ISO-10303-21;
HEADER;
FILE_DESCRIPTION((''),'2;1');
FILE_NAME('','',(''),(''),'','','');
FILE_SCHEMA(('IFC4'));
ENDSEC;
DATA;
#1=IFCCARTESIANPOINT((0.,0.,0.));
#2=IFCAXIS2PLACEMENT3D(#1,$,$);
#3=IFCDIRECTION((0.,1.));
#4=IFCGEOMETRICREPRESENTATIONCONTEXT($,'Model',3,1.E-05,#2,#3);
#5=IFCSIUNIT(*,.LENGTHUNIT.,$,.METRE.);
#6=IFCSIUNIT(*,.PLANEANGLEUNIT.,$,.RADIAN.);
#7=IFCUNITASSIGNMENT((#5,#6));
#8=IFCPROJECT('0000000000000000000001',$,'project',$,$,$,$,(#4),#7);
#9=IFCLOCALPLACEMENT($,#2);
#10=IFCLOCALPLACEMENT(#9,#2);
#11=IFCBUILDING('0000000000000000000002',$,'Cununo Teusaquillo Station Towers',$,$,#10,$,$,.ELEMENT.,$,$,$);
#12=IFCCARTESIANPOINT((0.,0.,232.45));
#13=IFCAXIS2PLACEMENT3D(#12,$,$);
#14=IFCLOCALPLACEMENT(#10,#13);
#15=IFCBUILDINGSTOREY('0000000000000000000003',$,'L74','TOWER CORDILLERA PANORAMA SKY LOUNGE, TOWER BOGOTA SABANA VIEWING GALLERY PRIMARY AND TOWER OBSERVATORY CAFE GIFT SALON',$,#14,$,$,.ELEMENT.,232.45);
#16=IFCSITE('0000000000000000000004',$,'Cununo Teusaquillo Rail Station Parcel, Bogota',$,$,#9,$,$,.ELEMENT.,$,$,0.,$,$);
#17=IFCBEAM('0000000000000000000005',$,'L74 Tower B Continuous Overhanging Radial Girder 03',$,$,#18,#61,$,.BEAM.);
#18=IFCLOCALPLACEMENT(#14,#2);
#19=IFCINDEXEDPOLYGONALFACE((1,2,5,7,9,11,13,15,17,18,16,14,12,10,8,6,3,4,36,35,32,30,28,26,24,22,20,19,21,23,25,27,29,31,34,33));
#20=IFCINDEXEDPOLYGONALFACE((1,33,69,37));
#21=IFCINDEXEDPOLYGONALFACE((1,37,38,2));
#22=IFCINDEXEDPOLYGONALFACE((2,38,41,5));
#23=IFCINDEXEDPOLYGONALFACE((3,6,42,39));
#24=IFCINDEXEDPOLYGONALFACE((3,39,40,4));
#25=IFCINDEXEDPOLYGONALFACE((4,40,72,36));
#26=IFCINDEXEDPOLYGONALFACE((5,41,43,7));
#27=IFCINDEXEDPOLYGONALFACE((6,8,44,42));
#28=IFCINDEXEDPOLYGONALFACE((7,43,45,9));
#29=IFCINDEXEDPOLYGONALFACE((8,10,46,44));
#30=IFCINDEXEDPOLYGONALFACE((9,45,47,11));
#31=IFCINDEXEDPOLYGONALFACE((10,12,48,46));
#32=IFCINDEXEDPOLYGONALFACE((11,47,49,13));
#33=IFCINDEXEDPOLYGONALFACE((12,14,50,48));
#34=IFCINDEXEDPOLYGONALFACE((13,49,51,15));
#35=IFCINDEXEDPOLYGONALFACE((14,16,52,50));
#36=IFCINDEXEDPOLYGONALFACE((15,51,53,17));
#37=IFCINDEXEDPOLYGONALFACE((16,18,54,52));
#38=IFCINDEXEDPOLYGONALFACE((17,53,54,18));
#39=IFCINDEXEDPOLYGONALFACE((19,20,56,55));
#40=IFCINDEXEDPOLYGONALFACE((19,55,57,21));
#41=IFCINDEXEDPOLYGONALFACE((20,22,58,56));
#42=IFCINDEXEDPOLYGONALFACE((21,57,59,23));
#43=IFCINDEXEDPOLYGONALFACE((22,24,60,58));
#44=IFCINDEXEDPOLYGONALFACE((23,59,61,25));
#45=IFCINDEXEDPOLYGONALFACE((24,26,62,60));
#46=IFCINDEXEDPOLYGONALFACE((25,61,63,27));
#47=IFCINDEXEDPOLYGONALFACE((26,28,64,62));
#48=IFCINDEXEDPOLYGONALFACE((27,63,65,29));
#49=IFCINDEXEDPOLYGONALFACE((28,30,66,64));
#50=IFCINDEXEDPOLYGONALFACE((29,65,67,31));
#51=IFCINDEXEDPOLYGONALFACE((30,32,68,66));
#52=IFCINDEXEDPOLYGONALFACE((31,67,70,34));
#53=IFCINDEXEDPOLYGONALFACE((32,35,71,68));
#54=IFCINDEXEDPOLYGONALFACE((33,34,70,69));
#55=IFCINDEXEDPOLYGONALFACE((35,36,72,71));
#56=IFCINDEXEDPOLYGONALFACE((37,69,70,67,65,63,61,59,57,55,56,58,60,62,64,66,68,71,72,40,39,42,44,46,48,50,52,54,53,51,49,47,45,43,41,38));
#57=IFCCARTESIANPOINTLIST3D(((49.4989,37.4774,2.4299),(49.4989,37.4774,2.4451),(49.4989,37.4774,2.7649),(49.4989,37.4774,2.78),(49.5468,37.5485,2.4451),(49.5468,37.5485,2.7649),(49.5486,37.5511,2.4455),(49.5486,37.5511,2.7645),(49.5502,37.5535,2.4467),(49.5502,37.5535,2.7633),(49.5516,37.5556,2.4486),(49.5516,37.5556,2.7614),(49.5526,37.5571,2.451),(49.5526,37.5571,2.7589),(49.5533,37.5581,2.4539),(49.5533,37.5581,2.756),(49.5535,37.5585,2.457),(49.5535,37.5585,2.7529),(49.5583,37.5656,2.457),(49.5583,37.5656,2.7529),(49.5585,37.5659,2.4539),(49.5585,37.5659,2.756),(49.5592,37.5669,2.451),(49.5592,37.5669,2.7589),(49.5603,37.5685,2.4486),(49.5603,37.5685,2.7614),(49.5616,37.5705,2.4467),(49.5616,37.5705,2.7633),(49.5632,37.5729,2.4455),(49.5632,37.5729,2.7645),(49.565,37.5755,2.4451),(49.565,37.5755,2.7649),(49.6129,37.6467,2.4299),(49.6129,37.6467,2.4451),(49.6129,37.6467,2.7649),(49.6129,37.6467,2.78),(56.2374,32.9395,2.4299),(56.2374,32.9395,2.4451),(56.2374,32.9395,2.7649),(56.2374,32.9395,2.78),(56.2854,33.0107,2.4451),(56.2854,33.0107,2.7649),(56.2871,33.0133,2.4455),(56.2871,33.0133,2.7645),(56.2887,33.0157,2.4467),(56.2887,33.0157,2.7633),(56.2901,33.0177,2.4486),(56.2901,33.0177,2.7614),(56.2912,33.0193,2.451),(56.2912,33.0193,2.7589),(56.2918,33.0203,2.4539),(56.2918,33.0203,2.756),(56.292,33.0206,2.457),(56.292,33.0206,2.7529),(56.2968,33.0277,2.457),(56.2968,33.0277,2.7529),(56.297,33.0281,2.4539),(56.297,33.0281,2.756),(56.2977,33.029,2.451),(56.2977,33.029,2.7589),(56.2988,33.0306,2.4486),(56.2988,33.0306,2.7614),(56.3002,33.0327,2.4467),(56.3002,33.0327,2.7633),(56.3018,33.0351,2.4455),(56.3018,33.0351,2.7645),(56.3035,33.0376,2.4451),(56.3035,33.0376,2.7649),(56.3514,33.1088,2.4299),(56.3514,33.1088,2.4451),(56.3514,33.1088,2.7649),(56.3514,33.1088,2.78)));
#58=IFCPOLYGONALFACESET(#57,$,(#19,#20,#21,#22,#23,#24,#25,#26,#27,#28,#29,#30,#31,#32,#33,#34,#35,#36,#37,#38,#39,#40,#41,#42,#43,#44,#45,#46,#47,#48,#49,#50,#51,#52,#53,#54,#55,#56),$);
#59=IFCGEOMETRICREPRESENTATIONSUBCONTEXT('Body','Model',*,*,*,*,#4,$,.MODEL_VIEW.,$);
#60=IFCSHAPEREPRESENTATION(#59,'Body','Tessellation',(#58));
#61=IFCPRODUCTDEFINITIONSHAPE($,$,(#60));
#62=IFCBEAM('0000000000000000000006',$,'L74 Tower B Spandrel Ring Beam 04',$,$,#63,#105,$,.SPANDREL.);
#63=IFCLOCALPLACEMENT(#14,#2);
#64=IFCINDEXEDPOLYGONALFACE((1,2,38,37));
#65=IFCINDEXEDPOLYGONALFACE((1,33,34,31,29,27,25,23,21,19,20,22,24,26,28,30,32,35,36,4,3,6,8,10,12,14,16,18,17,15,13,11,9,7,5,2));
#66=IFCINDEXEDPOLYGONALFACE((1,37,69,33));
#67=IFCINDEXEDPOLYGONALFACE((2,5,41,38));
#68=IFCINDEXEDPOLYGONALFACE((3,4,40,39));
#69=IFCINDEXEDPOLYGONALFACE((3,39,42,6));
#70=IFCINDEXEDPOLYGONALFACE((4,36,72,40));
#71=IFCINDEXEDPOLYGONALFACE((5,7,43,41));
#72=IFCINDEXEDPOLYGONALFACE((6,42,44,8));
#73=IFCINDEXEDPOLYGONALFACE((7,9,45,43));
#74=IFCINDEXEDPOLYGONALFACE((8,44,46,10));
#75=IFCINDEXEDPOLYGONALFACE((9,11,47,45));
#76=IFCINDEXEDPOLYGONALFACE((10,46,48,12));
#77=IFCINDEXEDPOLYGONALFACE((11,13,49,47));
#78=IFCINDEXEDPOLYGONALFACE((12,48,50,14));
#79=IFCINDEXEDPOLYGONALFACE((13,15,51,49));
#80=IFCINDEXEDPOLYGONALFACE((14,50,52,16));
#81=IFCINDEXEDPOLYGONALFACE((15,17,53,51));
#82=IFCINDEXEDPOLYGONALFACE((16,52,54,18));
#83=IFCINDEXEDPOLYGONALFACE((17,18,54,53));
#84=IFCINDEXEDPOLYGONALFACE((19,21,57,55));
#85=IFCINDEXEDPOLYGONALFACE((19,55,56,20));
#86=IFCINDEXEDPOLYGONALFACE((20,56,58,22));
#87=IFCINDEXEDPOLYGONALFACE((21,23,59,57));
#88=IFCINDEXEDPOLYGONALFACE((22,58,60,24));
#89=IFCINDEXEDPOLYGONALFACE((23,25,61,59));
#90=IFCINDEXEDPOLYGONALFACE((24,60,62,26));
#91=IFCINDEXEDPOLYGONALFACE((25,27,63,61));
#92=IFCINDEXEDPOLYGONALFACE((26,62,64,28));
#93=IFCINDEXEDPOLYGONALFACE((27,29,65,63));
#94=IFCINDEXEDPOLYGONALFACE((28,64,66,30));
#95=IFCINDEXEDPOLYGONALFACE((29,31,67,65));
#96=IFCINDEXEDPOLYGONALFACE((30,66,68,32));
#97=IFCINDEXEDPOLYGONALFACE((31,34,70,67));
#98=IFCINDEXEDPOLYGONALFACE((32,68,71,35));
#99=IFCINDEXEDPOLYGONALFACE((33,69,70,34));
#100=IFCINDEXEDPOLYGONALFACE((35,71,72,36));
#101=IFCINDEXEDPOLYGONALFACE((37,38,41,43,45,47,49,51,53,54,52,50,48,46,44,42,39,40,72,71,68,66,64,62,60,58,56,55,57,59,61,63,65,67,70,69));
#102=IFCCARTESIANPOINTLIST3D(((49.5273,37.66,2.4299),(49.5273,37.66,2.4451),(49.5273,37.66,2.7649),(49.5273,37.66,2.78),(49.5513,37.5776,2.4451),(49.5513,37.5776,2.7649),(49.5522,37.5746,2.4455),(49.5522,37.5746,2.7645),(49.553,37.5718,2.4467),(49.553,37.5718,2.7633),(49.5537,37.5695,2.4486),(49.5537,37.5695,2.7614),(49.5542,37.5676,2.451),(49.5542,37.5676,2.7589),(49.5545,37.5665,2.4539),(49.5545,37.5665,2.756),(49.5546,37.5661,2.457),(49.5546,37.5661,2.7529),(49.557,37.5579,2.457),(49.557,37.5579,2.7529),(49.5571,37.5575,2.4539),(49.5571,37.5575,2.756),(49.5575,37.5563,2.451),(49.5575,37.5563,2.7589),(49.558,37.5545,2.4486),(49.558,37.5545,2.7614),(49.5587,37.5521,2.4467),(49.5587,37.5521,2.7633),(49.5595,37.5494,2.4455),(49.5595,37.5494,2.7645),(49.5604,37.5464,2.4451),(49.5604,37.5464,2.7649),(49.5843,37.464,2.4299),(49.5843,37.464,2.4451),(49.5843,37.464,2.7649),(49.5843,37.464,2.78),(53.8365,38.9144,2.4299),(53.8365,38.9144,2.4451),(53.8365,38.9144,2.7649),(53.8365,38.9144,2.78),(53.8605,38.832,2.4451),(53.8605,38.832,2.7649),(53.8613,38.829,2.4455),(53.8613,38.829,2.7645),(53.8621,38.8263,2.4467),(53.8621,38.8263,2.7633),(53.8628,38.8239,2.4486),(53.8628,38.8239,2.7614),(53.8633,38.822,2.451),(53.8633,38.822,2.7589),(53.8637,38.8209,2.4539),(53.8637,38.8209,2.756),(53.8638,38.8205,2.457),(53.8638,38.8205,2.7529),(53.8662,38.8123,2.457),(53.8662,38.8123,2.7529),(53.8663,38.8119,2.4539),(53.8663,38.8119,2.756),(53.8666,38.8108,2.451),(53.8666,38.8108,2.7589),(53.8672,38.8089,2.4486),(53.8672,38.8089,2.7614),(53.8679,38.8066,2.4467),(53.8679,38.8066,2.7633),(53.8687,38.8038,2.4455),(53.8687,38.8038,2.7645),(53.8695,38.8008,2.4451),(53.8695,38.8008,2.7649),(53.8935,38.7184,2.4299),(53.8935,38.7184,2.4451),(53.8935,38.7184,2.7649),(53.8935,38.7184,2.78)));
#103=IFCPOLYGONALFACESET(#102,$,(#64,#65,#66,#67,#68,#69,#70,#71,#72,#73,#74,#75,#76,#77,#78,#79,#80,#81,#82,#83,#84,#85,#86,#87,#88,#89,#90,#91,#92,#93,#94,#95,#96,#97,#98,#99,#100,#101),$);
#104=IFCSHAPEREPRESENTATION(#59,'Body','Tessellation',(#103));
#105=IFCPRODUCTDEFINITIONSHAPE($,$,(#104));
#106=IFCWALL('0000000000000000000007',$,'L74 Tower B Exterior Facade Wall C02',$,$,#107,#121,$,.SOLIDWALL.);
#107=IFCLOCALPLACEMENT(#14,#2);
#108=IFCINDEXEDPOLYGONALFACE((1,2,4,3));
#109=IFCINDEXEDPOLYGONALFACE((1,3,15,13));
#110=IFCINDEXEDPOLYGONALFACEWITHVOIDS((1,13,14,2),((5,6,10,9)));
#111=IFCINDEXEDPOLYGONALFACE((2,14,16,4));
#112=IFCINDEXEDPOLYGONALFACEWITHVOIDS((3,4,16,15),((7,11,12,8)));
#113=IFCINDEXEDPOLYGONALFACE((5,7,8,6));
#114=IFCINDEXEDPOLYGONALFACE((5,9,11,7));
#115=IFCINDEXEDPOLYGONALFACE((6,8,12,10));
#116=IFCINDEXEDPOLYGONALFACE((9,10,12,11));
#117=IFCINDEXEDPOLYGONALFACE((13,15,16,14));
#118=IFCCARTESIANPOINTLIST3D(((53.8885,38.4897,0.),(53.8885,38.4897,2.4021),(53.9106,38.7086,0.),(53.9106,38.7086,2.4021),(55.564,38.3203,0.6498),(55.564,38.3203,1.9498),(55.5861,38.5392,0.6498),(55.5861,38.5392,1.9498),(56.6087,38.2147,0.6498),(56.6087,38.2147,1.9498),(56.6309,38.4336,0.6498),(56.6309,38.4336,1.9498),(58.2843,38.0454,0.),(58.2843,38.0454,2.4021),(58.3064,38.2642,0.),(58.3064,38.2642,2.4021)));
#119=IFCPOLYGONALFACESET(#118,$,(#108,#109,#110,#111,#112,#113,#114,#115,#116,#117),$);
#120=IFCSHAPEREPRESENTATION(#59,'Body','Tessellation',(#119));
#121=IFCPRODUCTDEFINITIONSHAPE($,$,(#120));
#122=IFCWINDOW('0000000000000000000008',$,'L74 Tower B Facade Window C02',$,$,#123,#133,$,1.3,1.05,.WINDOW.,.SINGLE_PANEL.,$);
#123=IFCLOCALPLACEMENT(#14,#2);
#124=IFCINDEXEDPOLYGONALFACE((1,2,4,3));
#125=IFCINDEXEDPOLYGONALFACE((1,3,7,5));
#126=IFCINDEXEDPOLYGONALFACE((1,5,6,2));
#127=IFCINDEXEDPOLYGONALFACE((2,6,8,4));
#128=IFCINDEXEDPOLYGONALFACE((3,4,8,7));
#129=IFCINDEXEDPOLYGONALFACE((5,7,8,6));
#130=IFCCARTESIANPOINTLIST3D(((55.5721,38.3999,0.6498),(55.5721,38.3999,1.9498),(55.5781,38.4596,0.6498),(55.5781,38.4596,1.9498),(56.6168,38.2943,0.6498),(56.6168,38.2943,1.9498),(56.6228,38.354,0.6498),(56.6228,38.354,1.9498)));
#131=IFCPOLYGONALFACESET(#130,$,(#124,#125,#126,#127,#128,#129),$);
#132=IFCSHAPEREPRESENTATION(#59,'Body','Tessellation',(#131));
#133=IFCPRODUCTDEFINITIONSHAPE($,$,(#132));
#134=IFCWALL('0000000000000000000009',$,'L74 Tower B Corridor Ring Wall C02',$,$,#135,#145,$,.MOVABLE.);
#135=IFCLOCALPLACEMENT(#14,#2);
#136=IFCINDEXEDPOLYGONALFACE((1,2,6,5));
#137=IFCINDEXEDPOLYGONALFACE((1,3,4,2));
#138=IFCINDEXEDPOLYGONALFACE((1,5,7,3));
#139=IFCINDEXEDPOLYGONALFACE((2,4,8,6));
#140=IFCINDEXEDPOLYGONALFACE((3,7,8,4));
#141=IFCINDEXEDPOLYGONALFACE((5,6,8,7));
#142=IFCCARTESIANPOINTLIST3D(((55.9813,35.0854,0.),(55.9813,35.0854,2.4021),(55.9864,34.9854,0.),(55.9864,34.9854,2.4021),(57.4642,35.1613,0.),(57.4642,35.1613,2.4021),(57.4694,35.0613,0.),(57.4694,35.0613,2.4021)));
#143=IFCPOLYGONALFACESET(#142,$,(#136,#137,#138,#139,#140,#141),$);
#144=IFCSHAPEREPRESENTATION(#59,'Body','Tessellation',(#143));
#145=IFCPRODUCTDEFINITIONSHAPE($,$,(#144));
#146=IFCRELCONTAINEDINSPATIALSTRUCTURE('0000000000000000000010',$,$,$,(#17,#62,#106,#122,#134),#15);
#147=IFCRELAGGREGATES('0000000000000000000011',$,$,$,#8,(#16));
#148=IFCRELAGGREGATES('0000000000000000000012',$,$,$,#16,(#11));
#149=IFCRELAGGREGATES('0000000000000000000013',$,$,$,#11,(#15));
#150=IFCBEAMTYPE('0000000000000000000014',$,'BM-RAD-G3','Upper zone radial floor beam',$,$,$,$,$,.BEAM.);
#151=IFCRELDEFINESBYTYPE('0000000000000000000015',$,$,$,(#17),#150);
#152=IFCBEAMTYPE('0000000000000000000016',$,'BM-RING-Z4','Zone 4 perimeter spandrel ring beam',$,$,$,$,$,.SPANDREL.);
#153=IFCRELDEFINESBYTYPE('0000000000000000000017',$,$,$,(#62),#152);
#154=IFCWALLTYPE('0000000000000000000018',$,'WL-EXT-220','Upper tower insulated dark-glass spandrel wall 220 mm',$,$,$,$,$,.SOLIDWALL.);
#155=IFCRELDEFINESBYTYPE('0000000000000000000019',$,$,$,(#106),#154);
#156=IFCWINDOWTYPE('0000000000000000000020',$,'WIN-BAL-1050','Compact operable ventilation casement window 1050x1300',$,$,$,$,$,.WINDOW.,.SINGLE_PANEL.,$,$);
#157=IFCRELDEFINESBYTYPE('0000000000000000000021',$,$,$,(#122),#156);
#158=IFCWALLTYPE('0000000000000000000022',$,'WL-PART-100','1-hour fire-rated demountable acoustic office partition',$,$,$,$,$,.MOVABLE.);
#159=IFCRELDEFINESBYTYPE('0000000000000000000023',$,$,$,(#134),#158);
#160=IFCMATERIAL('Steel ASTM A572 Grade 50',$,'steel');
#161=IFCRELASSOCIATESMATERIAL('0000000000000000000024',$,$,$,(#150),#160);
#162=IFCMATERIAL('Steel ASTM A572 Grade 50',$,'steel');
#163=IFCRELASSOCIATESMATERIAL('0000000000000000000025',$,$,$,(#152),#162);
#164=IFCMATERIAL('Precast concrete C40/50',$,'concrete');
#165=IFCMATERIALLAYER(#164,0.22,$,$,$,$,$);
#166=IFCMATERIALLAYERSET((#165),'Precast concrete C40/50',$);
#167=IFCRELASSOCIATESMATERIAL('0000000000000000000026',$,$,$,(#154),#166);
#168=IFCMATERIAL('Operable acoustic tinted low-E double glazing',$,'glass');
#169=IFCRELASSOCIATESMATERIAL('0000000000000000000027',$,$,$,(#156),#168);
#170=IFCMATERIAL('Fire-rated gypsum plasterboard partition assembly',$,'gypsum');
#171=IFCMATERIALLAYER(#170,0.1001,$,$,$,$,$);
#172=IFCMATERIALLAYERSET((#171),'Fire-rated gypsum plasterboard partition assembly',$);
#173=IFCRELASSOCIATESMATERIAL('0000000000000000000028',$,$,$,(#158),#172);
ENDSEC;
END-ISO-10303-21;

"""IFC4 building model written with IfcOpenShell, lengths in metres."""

from ifc_helpers import new_model, si_unit, direction, frame, frame_2d, origin, origin_2d, place, context, subcontext, project, spatial, rectangle, i_section, extrude, source, transform, mapped, material, layer, layer_set, material_profile, profile_set, type_object, element, fill, save


model = new_model("IFC4")

# Units and contexts
model_context = context("Model", 3, precision=1e-05, world=origin(), true_north=direction((0.0, 1.0)))
body_context = subcontext(model_context, "Body", "Model", "MODEL_VIEW")
ifc_project = project(units=[si_unit("LENGTHUNIT", "METRE"), si_unit("PLANEANGLEUNIT", "RADIAN")], contexts=[model_context])

# Site, building, storey
site_placement = place(None, origin())
site = spatial("IfcSite", under=ifc_project, at=site_placement, Name="Cununo Teusaquillo Rail Station Parcel, Bogota", CompositionType="ELEMENT", RefElevation=0.0)
building_placement = place(site_placement, origin())
building = spatial("IfcBuilding", under=site, at=building_placement, Name="Cununo Teusaquillo Station Towers", CompositionType="ELEMENT")
storey_placement = place(building_placement, frame((0.0, 0.0, 232.45)))
storey = spatial("IfcBuildingStorey", under=building, at=storey_placement, Name="L74", Description="TOWER CORDILLERA PANORAMA SKY LOUNGE, TOWER BOGOTA SABANA VIEWING GALLERY PRIMARY AND TOWER OBSERVATORY CAFE GIFT SALON", CompositionType="ELEMENT", Elevation=232.45)

# Beams
ifc_material_1 = material(Name="Steel ASTM A572 Grade 50", Category="steel")
ifc_material_profile_1 = material_profile(ifc_material_1, i_section(OverallWidth=0.2041, OverallDepth=0.3501, WebThickness=0.0085, FlangeThickness=0.0151, FilletRadius=0.012, at=origin_2d()), Name="W14X48")
ifc_profile_set_1 = profile_set([ifc_material_profile_1], Name="Steel ASTM A572 Grade 50")
beam_type_1 = type_object("IfcBeamType", Name="BM-RAD-G3", Description="Upper zone radial floor beam", PredefinedType="BEAM", material=ifc_profile_set_1)
beam_1_placement = place(storey_placement, frame((56.2944, 33.0242, 2.605), z_axis=(-0.829457, 0.558571, 0.0), x_axis=(-0.558571, -0.829457, 0.0)))
element("IfcBeam", 1, at=beam_1_placement, inside=storey, type_object=beam_type_1, Name="L74 Tower B Continuous Overhanging Radial Girder 03", PredefinedType="BEAM", context=body_context, shape_type="SweptSolid", body=[
    extrude(i_section(OverallWidth=0.2041, OverallDepth=0.3501, WebThickness=0.0085, FlangeThickness=0.0151, FilletRadius=0.012, at=origin_2d()), origin(), (0.0, 0.0, 1.0), 8.124),
])
ifc_material_2 = material(Name="Steel ASTM A572 Grade 50", Category="steel")
ifc_material_profile_2 = material_profile(ifc_material_2, i_section(OverallWidth=0.2041, OverallDepth=0.3501, WebThickness=0.0085, FlangeThickness=0.0151, FilletRadius=0.012, at=origin_2d()), Name="W14X48")
ifc_profile_set_2 = profile_set([ifc_material_profile_2], Name="Steel ASTM A572 Grade 50")
beam_type_2 = type_object("IfcBeamType", Name="BM-RING-Z4", Description="Zone 4 perimeter spandrel ring beam", PredefinedType="SPANDREL", material=ifc_profile_set_2)
beam_2_placement = place(storey_placement, frame((53.865, 38.8164, 2.605), z_axis=(-0.960145, -0.279503, 0.0), x_axis=(0.279503, -0.960145, 0.0)))
element("IfcBeam", 2, at=beam_2_placement, inside=storey, type_object=beam_type_2, Name="L74 Tower B Spandrel Ring Beam 04", PredefinedType="SPANDREL", context=body_context, shape_type="SweptSolid", body=[
    extrude(i_section(OverallWidth=0.2041, OverallDepth=0.3501, WebThickness=0.0085, FlangeThickness=0.0151, FilletRadius=0.012, at=origin_2d()), origin(), (0.0, 0.0, 1.0), 4.488),
])

# Wall, opening, window
ifc_material_3 = material(Name="Precast concrete C40/50", Category="concrete")
ifc_layer_1 = layer(ifc_material_3, 0.22)
ifc_layer_set_1 = layer_set([ifc_layer_1], Name="Precast concrete C40/50")
wall_type_1 = type_object("IfcWallType", Name="WL-EXT-220", Description="Upper tower insulated dark-glass spandrel wall 220 mm", PredefinedType="SOLIDWALL", material=ifc_layer_set_1)
wall_1_placement = place(storey_placement, frame((53.8997, 38.5991, 0.0), z_axis=(0.0, 0.0, 1.0), x_axis=(0.99493, -0.100571, 0.0)))
wall_1 = element("IfcWall", 3, at=wall_1_placement, inside=storey, type_object=wall_type_1, Name="L74 Tower B Exterior Facade Wall C02", PredefinedType="SOLIDWALL", context=body_context, shape_type="SweptSolid", body=[
    extrude(rectangle(XDim=4.4182, YDim=0.22, at=frame_2d((2.209, 0.0))), origin(), (0.0, 0.0, 1.0), 2.4021),
])
shared_shape_1 = source(origin(), body_context, "Body", "SweptSolid", [
    extrude(rectangle(XDim=1.05, YDim=1.3, at=frame_2d((0.5249, 0.6499))), frame((0.0, 0.1199, 0.0), z_axis=(0.0, -1.0, 0.0), x_axis=(1.0, 0.0, 0.0)), (0.0, 0.0, 1.0), 0.24),
])
opening_1_placement = place(wall_1_placement, frame((1.6841, 0.0, 0.6499)))
opening_1 = element("IfcOpeningElement", 4, at=opening_1_placement, cuts=wall_1, PredefinedType="OPENING", context=body_context, shape_type="MappedRepresentation", body=[
    mapped(shared_shape_1, transform((0.0, 0.0, 0.0), x_axis=(1.0, 0.0, 0.0), y_axis=(0.0, 1.0, 0.0), z_axis=(0.0, 0.0, 1.0), scale=1.0)),
])
ifc_material_4 = material(Name="Operable acoustic tinted low-E double glazing", Category="glass")
window_type = type_object("IfcWindowType", Name="WIN-BAL-1050", Description="Compact operable ventilation casement window 1050x1300", PartitioningType="SINGLE_PANEL", PredefinedType="WINDOW", material=ifc_material_4)
shared_shape_2 = source(origin(), body_context, "Body", "SweptSolid", [
    extrude(rectangle(XDim=1.05, YDim=1.3, at=frame_2d((0.5249, 0.6499))), frame((0.0, 0.03, 0.0), z_axis=(0.0, -1.0, 0.0), x_axis=(1.0, 0.0, 0.0)), (0.0, 0.0, 1.0), 0.0601),
])
window_placement = place(opening_1_placement, origin())
window = element("IfcWindow", 5, at=window_placement, inside=storey, type_object=window_type, Name="L74 Tower B Facade Window C02", OverallHeight=1.3, OverallWidth=1.05, PartitioningType="SINGLE_PANEL", PredefinedType="WINDOW", context=body_context, shape_type="MappedRepresentation", body=[
    mapped(shared_shape_2, transform((0.0, 0.0, 0.0), x_axis=(1.0, 0.0, 0.0), y_axis=(0.0, 1.0, 0.0), z_axis=(0.0, 0.0, 1.0), scale=1.0)),
])
fill(opening_1, window)

# Wall
ifc_material_5 = material(Name="Fire-rated gypsum plasterboard partition assembly", Category="gypsum")
ifc_layer_2 = layer(ifc_material_5, 0.1001)
ifc_layer_set_2 = layer_set([ifc_layer_2], Name="Fire-rated gypsum plasterboard partition assembly")
wall_type_2 = type_object("IfcWallType", Name="WL-PART-100", Description="1-hour fire-rated demountable acoustic office partition", PredefinedType="MOVABLE", material=ifc_layer_set_2)
wall_2_placement = place(storey_placement, frame((57.4668, 35.1113, 0.0), z_axis=(0.0, 0.0, 1.0), x_axis=(-0.998692, -0.051135, 0.0)))
element("IfcWall", 6, at=wall_2_placement, inside=storey, type_object=wall_type_2, Name="L74 Tower B Corridor Ring Wall C02", PredefinedType="MOVABLE", context=body_context, shape_type="SweptSolid", body=[
    extrude(rectangle(XDim=1.4849, YDim=0.1001, at=frame_2d((0.7424, 0.0))), origin(), (0.0, 0.0, 1.0), 2.4021),
])

save(model, "model.ifc")
